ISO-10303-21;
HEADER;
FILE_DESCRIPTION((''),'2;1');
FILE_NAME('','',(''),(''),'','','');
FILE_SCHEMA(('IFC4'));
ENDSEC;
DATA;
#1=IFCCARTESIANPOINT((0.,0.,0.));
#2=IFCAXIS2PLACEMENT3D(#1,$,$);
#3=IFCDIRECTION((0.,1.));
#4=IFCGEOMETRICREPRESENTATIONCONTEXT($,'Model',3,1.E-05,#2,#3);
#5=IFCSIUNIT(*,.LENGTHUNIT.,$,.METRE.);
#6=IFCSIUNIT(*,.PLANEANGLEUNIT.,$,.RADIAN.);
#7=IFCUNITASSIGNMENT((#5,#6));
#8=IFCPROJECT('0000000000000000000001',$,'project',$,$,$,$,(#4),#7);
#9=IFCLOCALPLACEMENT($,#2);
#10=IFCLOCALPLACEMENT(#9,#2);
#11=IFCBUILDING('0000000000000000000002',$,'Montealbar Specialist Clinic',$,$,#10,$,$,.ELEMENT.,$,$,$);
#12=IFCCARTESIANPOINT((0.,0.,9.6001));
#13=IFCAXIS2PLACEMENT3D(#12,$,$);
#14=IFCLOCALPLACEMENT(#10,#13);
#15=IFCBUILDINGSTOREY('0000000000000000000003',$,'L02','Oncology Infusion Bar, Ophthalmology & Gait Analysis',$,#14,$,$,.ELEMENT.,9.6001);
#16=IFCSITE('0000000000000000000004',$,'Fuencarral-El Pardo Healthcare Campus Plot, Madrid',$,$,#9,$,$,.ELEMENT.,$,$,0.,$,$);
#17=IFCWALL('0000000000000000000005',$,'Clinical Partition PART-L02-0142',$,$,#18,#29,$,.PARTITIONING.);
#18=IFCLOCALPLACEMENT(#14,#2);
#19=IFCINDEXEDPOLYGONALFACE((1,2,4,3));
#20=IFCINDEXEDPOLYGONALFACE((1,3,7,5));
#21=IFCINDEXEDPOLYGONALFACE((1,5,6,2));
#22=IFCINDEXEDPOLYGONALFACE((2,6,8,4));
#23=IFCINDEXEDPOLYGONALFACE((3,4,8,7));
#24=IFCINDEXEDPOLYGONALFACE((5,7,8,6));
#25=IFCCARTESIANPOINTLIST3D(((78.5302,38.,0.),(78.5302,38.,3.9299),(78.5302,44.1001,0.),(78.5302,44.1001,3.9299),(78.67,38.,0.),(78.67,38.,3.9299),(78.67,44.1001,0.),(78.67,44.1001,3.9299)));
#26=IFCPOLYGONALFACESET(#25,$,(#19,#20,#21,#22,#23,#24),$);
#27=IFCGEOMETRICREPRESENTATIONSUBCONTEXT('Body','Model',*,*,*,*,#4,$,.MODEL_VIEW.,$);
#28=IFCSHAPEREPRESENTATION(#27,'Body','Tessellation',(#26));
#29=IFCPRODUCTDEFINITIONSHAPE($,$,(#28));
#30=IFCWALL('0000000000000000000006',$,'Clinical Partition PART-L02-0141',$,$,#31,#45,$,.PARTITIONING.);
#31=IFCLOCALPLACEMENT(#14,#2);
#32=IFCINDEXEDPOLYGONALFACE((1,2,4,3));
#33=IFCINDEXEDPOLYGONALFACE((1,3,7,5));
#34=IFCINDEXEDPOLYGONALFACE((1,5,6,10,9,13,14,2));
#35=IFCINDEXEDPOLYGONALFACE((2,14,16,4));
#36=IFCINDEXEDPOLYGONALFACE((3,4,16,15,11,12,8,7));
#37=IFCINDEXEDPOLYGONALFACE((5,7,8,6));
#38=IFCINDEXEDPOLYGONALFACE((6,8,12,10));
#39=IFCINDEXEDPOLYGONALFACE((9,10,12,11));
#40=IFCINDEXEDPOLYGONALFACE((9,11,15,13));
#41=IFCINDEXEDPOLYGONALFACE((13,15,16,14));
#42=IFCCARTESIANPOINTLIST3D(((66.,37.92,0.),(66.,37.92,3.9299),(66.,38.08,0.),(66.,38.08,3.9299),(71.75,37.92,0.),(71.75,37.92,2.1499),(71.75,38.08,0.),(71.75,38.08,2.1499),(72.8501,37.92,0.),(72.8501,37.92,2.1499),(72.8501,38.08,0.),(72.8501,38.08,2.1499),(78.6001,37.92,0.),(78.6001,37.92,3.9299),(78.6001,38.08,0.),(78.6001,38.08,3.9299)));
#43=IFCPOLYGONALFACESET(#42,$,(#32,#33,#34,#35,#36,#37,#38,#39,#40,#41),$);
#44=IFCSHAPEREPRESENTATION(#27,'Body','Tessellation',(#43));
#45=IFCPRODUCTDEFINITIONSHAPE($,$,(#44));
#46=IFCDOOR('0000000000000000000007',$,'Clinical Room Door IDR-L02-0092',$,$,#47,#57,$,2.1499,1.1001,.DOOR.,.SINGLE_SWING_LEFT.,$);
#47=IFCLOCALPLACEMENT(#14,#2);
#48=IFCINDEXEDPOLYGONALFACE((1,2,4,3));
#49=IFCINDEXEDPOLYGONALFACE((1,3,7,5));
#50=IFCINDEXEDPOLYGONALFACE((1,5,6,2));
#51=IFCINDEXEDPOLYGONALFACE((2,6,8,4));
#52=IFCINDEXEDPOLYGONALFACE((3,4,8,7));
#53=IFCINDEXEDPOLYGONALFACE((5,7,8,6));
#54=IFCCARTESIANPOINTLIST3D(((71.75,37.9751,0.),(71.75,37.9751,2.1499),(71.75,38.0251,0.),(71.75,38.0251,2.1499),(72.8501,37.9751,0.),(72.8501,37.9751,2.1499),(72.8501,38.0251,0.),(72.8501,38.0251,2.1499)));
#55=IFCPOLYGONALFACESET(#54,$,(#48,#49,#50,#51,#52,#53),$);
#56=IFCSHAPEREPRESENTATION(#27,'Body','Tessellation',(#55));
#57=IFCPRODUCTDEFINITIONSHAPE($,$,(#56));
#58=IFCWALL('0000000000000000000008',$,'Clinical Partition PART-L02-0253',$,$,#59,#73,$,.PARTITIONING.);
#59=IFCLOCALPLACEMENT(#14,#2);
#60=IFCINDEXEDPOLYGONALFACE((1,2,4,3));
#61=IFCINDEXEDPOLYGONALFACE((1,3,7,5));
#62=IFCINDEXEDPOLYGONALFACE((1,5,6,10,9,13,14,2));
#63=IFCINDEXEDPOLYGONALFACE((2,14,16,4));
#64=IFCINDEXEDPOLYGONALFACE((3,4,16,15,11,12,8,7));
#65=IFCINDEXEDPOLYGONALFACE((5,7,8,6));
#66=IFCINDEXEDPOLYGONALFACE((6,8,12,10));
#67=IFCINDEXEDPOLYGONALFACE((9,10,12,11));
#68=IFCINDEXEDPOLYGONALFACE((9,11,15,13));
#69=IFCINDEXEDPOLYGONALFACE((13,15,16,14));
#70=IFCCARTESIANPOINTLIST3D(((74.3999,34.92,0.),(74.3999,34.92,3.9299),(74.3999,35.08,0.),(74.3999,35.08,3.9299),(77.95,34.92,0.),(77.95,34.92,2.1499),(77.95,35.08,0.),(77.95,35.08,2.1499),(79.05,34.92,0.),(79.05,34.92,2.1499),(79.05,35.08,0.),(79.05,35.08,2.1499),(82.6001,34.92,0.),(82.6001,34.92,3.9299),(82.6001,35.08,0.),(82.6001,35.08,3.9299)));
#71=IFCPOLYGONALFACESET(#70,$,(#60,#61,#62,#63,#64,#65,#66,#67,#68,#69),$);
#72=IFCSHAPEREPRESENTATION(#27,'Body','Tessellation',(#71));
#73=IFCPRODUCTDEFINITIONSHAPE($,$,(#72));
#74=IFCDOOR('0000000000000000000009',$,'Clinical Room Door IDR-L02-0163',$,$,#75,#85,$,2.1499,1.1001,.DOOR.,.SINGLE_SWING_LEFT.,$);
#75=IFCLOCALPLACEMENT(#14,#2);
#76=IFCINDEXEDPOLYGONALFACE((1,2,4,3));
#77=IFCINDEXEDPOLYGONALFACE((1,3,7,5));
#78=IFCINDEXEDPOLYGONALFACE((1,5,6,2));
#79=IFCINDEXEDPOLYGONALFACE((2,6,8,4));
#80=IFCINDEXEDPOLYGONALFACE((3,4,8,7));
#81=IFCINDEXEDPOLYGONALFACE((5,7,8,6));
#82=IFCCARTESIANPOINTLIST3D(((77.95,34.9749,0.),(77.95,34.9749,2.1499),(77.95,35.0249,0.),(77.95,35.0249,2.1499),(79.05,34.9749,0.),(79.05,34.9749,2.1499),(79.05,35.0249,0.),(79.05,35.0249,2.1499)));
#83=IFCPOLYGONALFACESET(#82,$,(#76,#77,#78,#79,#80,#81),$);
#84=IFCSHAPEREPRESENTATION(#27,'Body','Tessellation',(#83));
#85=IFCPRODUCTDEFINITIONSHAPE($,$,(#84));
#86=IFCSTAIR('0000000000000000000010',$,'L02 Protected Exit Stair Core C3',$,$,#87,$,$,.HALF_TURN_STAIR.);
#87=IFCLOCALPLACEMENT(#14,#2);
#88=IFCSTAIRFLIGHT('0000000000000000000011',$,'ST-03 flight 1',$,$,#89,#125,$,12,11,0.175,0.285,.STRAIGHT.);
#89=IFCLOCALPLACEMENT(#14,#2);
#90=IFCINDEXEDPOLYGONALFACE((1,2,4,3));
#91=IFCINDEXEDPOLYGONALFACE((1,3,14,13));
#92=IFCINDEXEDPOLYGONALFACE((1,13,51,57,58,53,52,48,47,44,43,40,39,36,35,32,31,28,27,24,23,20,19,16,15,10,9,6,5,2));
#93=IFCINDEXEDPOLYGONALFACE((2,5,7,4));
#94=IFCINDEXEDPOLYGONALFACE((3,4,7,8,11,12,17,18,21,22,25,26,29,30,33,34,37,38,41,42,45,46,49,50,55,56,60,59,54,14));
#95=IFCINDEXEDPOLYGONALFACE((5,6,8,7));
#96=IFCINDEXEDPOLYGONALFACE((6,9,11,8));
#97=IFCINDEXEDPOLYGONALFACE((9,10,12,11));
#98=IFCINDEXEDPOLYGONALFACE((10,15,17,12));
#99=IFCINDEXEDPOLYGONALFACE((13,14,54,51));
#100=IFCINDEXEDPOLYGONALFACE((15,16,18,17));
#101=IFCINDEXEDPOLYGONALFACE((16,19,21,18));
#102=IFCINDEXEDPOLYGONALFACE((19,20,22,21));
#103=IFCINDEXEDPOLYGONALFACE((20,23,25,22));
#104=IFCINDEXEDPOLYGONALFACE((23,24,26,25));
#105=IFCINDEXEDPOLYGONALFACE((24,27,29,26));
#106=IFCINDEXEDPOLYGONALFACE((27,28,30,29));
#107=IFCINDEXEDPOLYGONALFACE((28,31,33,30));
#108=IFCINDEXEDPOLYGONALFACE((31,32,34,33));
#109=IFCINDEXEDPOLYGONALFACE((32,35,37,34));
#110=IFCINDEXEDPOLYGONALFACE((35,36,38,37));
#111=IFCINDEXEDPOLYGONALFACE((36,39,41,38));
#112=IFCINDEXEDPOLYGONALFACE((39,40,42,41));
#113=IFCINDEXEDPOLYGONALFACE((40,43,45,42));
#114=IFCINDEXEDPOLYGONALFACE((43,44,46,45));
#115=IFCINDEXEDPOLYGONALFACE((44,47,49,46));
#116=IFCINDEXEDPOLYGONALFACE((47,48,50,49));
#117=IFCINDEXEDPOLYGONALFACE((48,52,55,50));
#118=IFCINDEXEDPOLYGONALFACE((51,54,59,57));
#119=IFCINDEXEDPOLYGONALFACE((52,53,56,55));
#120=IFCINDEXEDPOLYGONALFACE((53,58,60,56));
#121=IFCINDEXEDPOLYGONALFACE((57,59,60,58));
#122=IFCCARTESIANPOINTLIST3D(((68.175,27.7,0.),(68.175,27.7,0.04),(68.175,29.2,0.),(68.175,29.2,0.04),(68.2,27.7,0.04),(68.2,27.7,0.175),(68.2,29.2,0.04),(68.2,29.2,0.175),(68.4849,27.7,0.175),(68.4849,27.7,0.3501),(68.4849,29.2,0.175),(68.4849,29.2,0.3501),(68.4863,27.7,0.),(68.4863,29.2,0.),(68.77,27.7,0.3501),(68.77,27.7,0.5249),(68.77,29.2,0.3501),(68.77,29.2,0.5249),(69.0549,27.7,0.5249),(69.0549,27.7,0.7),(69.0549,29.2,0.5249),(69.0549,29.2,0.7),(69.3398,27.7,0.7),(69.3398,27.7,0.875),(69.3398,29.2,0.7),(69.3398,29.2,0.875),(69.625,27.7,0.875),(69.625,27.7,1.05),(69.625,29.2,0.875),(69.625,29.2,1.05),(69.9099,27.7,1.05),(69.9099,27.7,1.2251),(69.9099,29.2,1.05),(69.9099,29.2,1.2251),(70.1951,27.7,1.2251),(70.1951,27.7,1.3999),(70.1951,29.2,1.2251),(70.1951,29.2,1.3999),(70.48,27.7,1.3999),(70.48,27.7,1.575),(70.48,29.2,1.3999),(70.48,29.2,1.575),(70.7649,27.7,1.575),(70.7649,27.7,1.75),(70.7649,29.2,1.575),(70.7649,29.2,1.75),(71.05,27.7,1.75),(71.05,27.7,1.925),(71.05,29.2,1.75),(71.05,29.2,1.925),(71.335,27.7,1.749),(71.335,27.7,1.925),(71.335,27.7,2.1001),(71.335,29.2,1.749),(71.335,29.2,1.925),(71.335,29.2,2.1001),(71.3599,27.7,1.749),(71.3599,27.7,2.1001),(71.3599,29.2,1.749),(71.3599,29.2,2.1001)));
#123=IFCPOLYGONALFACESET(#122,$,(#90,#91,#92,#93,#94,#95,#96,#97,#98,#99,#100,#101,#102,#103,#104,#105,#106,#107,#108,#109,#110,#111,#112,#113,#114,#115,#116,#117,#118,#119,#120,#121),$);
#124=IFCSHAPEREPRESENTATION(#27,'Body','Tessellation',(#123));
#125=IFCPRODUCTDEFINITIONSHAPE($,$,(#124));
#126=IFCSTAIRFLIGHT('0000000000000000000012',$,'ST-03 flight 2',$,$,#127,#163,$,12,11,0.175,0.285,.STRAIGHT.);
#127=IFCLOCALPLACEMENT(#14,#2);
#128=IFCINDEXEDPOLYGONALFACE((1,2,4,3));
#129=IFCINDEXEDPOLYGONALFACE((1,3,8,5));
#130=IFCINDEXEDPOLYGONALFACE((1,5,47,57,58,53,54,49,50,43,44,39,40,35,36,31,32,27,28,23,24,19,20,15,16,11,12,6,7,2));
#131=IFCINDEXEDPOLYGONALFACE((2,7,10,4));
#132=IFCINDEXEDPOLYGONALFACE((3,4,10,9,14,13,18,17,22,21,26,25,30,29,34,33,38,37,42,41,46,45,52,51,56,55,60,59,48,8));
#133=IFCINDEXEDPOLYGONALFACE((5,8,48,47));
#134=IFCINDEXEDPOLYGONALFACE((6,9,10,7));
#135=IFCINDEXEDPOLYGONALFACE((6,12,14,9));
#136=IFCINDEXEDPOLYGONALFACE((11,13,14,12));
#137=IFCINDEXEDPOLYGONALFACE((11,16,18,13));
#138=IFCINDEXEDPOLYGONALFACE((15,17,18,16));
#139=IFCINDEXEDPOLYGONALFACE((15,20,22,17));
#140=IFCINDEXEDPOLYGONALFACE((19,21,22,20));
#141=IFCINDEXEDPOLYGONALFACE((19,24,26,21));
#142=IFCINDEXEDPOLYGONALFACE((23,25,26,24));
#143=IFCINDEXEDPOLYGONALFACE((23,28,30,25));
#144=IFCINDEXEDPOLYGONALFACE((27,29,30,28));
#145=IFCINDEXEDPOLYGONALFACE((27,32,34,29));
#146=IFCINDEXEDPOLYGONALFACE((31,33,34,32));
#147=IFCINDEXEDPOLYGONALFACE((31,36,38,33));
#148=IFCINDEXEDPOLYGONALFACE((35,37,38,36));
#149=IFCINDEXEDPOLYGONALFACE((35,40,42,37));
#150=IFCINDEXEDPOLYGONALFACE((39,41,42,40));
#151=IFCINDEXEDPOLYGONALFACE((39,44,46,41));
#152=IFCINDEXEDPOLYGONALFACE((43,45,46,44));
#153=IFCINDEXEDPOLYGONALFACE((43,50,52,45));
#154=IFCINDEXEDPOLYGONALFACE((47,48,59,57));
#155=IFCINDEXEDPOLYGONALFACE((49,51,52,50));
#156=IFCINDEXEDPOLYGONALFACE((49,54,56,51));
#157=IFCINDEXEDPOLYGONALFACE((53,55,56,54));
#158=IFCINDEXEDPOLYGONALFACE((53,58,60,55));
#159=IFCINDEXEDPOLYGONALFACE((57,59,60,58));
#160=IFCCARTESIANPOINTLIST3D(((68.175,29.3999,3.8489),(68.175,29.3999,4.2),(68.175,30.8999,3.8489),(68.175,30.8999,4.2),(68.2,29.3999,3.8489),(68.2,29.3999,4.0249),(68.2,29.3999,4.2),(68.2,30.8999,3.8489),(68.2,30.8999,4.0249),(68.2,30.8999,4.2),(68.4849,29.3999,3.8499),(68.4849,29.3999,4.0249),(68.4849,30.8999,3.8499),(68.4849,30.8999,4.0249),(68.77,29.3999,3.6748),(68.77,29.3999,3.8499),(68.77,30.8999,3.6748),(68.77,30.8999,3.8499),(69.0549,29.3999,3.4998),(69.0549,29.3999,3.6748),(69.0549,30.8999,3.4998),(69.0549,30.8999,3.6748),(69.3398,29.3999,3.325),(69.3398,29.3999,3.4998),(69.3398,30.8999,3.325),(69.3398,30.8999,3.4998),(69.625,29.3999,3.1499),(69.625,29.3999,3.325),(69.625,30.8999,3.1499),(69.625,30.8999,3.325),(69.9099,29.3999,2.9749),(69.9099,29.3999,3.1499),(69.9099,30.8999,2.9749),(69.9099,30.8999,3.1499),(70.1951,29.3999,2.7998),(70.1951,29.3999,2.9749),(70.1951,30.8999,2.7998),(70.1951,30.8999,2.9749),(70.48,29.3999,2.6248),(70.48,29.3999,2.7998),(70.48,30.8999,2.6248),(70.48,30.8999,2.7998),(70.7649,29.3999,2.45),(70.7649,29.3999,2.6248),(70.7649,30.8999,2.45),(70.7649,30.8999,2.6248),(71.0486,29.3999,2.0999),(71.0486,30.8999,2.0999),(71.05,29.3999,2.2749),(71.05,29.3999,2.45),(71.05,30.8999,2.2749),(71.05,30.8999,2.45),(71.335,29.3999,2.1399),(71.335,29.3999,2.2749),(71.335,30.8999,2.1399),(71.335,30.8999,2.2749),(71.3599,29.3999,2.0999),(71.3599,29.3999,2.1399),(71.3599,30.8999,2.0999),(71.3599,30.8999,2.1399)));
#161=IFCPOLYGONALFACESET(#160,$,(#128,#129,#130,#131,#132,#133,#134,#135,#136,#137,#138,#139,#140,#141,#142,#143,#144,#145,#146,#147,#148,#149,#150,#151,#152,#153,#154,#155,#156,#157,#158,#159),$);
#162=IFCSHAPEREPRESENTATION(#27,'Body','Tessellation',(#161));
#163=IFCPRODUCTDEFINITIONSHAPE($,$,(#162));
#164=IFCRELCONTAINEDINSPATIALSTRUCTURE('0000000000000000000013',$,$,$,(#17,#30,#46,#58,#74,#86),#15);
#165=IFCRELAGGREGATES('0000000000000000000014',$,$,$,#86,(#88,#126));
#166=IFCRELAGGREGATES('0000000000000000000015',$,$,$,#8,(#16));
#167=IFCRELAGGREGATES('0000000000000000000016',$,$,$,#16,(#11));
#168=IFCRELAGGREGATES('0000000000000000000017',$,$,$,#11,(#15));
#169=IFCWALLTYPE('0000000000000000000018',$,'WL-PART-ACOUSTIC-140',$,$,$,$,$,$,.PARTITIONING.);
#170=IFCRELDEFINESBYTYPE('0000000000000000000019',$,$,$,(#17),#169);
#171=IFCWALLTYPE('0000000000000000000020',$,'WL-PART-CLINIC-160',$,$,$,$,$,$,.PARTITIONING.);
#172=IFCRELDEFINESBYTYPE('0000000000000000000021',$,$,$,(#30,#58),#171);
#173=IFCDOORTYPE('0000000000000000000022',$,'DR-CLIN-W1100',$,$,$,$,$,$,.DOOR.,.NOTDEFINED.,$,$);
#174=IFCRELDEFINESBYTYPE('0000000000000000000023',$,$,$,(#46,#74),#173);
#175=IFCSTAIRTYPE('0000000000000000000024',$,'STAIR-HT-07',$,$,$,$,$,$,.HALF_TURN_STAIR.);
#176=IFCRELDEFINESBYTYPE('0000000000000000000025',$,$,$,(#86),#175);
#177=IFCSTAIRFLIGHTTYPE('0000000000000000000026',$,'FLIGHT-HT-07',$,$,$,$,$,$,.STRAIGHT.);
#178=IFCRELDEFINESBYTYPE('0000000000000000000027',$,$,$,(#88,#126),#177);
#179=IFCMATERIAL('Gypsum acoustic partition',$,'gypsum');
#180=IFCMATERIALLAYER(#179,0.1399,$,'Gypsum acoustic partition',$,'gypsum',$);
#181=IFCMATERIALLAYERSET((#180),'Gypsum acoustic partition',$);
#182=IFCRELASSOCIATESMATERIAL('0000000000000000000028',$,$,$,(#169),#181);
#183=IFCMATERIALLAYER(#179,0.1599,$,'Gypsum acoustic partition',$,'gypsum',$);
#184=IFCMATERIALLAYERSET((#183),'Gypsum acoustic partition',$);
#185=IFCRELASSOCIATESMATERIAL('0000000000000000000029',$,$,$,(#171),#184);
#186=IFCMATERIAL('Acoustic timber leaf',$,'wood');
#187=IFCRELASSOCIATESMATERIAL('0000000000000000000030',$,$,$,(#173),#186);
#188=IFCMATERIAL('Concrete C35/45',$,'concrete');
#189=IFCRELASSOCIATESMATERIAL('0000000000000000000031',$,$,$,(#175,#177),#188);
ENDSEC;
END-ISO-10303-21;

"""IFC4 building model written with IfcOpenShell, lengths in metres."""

from ifc_helpers import new_model, si_unit, direction, frame, frame_2d, origin, place, context, subcontext, project, spatial, polyline, rectangle, outline, extrude, material, layer, layer_set, type_object, element, fill, aggregate, save


model = new_model("IFC4")

# Units and contexts
model_context = context("Model", 3, precision=1e-05, world=origin(), true_north=direction((0.0, 1.0)))
body_context = subcontext(model_context, "Body", "Model", "MODEL_VIEW")
ifc_project = project(units=[si_unit("LENGTHUNIT", "METRE"), si_unit("PLANEANGLEUNIT", "RADIAN")], contexts=[model_context])

# Site, building, storey
site_placement = place(None, origin())
site = spatial("IfcSite", under=ifc_project, at=site_placement, Name="Fuencarral-El Pardo Healthcare Campus Plot, Madrid", CompositionType="ELEMENT", RefElevation=0.0)
building_placement = place(site_placement, origin())
building = spatial("IfcBuilding", under=site, at=building_placement, Name="Montealbar Specialist Clinic", CompositionType="ELEMENT")
storey_placement = place(building_placement, frame((0.0, 0.0, 9.6001)))
storey = spatial("IfcBuildingStorey", under=building, at=storey_placement, Name="L02", Description="Oncology Infusion Bar, Ophthalmology & Gait Analysis", CompositionType="ELEMENT", Elevation=9.6001)

# Shared definitions
ifc_material_1 = material(Name="Concrete C35/45", Category="concrete")

# Wall
ifc_material_2 = material(Name="Gypsum acoustic partition", Category="gypsum")
ifc_layer_1 = layer(ifc_material_2, 0.1399, Name="Gypsum acoustic partition", Category="gypsum")
ifc_layer_set_1 = layer_set([ifc_layer_1], Name="Gypsum acoustic partition")
wall_type_1 = type_object("IfcWallType", Name="WL-PART-ACOUSTIC-140", PredefinedType="PARTITIONING", material=ifc_layer_set_1)
wall_1_placement = place(storey_placement, frame((78.6001, 38.0, 0.0), z_axis=(0.0, 0.0, 1.0), x_axis=(0.0, 1.0, 0.0)))
element("IfcWall", 1, at=wall_1_placement, inside=storey, type_object=wall_type_1, Name="Clinical Partition PART-L02-0142", PredefinedType="PARTITIONING", context=body_context, shape_type="SweptSolid", body=[
    extrude(rectangle(XDim=6.1001, YDim=0.1399, at=frame_2d((3.05, 0.0))), origin(), (0.0, 0.0, 1.0), 3.9299),
])

# Walls, openings, doors
ifc_layer_2 = layer(ifc_material_2, 0.1599, Name="Gypsum acoustic partition", Category="gypsum")
ifc_layer_set_2 = layer_set([ifc_layer_2], Name="Gypsum acoustic partition")
wall_type_2 = type_object("IfcWallType", Name="WL-PART-CLINIC-160", PredefinedType="PARTITIONING", material=ifc_layer_set_2)
wall_2_placement = place(storey_placement, frame((66.0, 38.0, 0.0), z_axis=(0.0, 0.0, 1.0), x_axis=(1.0, 0.0, 0.0)))
wall_2 = element("IfcWall", 2, at=wall_2_placement, inside=storey, type_object=wall_type_2, Name="Clinical Partition PART-L02-0141", PredefinedType="PARTITIONING", context=body_context, shape_type="SweptSolid", body=[
    extrude(rectangle(XDim=12.6001, YDim=0.1599, at=frame_2d((6.3, 0.0))), origin(), (0.0, 0.0, 1.0), 3.9299),
])
opening_1_placement = place(wall_2_placement, frame((5.75, 0.0, 0.0)))
opening_1 = element("IfcOpeningElement", 3, at=opening_1_placement, cuts=wall_2, PredefinedType="OPENING", context=body_context, shape_type="SweptSolid", body=[
    extrude(rectangle(XDim=1.1001, YDim=2.1499, at=frame_2d((0.55, 1.075))), frame((0.0, 0.0898, 0.0), z_axis=(0.0, -1.0, 0.0), x_axis=(1.0, 0.0, 0.0)), (0.0, 0.0, 1.0), 0.1799),
])
ifc_material_3 = material(Name="Acoustic timber leaf", Category="wood")
door_type_1 = type_object("IfcDoorType", Name="DR-CLIN-W1100", OperationType="NOTDEFINED", PredefinedType="DOOR", material=ifc_material_3)
door_1_placement = place(opening_1_placement, frame((1.1001, 0.0, 0.0), z_axis=(0.0, 0.0, 1.0), x_axis=(-1.0, 0.0, 0.0)))
door_1 = element("IfcDoor", 4, at=door_1_placement, inside=storey, type_object=door_type_1, Name="Clinical Room Door IDR-L02-0092", OperationType="SINGLE_SWING_LEFT", OverallHeight=2.1499, OverallWidth=1.1001, PredefinedType="DOOR", context=body_context, shape_type="SweptSolid", body=[
    extrude(rectangle(XDim=1.1001, YDim=2.1499, at=frame_2d((0.55, 1.075))), frame((0.0, 0.0249, 0.0), z_axis=(0.0, -1.0, 0.0), x_axis=(1.0, 0.0, 0.0)), (0.0, 0.0, 1.0), 0.05),
])
fill(opening_1, door_1)
wall_3_placement = place(storey_placement, frame((74.3999, 35.0, 0.0), z_axis=(0.0, 0.0, 1.0), x_axis=(1.0, 0.0, 0.0)))
wall_3 = element("IfcWall", 5, at=wall_3_placement, inside=storey, type_object=wall_type_2, Name="Clinical Partition PART-L02-0253", PredefinedType="PARTITIONING", context=body_context, shape_type="SweptSolid", body=[
    extrude(rectangle(XDim=8.2002, YDim=0.1599, at=frame_2d((4.1001, 0.0))), origin(), (0.0, 0.0, 1.0), 3.9299),
])
opening_2_placement = place(wall_3_placement, frame((3.55, 0.0, 0.0)))
opening_2 = element("IfcOpeningElement", 6, at=opening_2_placement, cuts=wall_3, PredefinedType="OPENING", context=body_context, shape_type="SweptSolid", body=[
    extrude(rectangle(XDim=1.1001, YDim=2.1499, at=frame_2d((0.55, 1.075))), frame((0.0, 0.0898, 0.0), z_axis=(0.0, -1.0, 0.0), x_axis=(1.0, 0.0, 0.0)), (0.0, 0.0, 1.0), 0.1799),
])
door_2_placement = place(opening_2_placement, origin())
door_2 = element("IfcDoor", 7, at=door_2_placement, inside=storey, type_object=door_type_1, Name="Clinical Room Door IDR-L02-0163", OperationType="SINGLE_SWING_LEFT", OverallHeight=2.1499, OverallWidth=1.1001, PredefinedType="DOOR", context=body_context, shape_type="SweptSolid", body=[
    extrude(rectangle(XDim=1.1001, YDim=2.1499, at=frame_2d((0.55, 1.075))), frame((0.0, 0.0249, 0.0), z_axis=(0.0, -1.0, 0.0), x_axis=(1.0, 0.0, 0.0)), (0.0, 0.0, 1.0), 0.05),
])
fill(opening_2, door_2)

# Stair, stair flights
stair_type = type_object("IfcStairType", Name="STAIR-HT-07", PredefinedType="HALF_TURN_STAIR", material=ifc_material_1)
stair_placement = place(storey_placement, origin())
stair = element("IfcStair", 8, at=stair_placement, inside=storey, type_object=stair_type, Name="L02 Protected Exit Stair Core C3", PredefinedType="HALF_TURN_STAIR")
stair_flight_type = type_object("IfcStairFlightType", Name="FLIGHT-HT-07", PredefinedType="STRAIGHT", material=ifc_material_1)
stair_flight_1_placement = place(storey_placement, frame((68.2, 28.45, 0.0), z_axis=(0.0, 0.0, 1.0), x_axis=(1.0, 0.0, 0.0)))
stair_flight_1 = element("IfcStairFlight", 9, at=stair_flight_1_placement, type_object=stair_flight_type, Name="ST-03 flight 1", NumberOfRisers=12, NumberOfTreads=11, PredefinedType="STRAIGHT", RiserHeight=0.175, TreadLength=0.285, context=body_context, shape_type="SweptSolid", body=[
    extrude(outline(polyline([(-0.0249, 0.0), (-0.0249, 0.04), (0.0, 0.04), (0.0, 0.175), (0.2849, 0.175), (0.2849, 0.3501), (0.5701, 0.3501), (0.5701, 0.5249), (0.855, 0.5249), (0.855, 0.7), (1.1399, 0.7), (1.1399, 0.875), (1.425, 0.875), (1.425, 1.05), (1.71, 1.05), (1.71, 1.2251), (1.9951, 1.2251), (1.9951, 1.3999), (2.28, 1.3999), (2.28, 1.575), (2.5649, 1.575), (2.5649, 1.75), (2.8501, 1.75), (2.8501, 1.925), (3.135, 1.925), (3.135, 2.1001), (3.1599, 2.1001), (3.1599, 1.749), (3.135, 1.749), (0.2864, 0.0), (-0.0249, 0.0)])), frame((0.0, 0.75, 0.0), z_axis=(0.0, -1.0, 0.0), x_axis=(1.0, 0.0, 0.0)), (0.0, 0.0, 1.0), 1.5),
])
stair_flight_2_placement = place(storey_placement, frame((71.335, 30.1499, 2.0999), z_axis=(0.0, 0.0, 1.0), x_axis=(-1.0, 0.0, 0.0)))
stair_flight_2 = element("IfcStairFlight", 10, at=stair_flight_2_placement, type_object=stair_flight_type, Name="ST-03 flight 2", NumberOfRisers=12, NumberOfTreads=11, PredefinedType="STRAIGHT", RiserHeight=0.175, TreadLength=0.285, context=body_context, shape_type="SweptSolid", body=[
    extrude(outline(polyline([(-0.0249, 0.0), (-0.0249, 0.04), (0.0, 0.04), (0.0, 0.175), (0.2849, 0.175), (0.2849, 0.3501), (0.5701, 0.3501), (0.5701, 0.5249), (0.855, 0.5249), (0.855, 0.7), (1.1399, 0.7), (1.1399, 0.875), (1.425, 0.875), (1.425, 1.05), (1.71, 1.05), (1.71, 1.2251), (1.9951, 1.2251), (1.9951, 1.3999), (2.28, 1.3999), (2.28, 1.575), (2.5649, 1.575), (2.5649, 1.75), (2.8501, 1.75), (2.8501, 1.925), (3.135, 1.925), (3.135, 2.1001), (3.1599, 2.1001), (3.1599, 1.749), (3.135, 1.749), (0.2864, 0.0), (-0.0249, 0.0)])), frame((0.0, 0.75, 0.0), z_axis=(0.0, -1.0, 0.0), x_axis=(1.0, 0.0, 0.0)), (0.0, 0.0, 1.0), 1.5),
])
aggregate(stair, [stair_flight_1, stair_flight_2])

save(model, "model.ifc")
